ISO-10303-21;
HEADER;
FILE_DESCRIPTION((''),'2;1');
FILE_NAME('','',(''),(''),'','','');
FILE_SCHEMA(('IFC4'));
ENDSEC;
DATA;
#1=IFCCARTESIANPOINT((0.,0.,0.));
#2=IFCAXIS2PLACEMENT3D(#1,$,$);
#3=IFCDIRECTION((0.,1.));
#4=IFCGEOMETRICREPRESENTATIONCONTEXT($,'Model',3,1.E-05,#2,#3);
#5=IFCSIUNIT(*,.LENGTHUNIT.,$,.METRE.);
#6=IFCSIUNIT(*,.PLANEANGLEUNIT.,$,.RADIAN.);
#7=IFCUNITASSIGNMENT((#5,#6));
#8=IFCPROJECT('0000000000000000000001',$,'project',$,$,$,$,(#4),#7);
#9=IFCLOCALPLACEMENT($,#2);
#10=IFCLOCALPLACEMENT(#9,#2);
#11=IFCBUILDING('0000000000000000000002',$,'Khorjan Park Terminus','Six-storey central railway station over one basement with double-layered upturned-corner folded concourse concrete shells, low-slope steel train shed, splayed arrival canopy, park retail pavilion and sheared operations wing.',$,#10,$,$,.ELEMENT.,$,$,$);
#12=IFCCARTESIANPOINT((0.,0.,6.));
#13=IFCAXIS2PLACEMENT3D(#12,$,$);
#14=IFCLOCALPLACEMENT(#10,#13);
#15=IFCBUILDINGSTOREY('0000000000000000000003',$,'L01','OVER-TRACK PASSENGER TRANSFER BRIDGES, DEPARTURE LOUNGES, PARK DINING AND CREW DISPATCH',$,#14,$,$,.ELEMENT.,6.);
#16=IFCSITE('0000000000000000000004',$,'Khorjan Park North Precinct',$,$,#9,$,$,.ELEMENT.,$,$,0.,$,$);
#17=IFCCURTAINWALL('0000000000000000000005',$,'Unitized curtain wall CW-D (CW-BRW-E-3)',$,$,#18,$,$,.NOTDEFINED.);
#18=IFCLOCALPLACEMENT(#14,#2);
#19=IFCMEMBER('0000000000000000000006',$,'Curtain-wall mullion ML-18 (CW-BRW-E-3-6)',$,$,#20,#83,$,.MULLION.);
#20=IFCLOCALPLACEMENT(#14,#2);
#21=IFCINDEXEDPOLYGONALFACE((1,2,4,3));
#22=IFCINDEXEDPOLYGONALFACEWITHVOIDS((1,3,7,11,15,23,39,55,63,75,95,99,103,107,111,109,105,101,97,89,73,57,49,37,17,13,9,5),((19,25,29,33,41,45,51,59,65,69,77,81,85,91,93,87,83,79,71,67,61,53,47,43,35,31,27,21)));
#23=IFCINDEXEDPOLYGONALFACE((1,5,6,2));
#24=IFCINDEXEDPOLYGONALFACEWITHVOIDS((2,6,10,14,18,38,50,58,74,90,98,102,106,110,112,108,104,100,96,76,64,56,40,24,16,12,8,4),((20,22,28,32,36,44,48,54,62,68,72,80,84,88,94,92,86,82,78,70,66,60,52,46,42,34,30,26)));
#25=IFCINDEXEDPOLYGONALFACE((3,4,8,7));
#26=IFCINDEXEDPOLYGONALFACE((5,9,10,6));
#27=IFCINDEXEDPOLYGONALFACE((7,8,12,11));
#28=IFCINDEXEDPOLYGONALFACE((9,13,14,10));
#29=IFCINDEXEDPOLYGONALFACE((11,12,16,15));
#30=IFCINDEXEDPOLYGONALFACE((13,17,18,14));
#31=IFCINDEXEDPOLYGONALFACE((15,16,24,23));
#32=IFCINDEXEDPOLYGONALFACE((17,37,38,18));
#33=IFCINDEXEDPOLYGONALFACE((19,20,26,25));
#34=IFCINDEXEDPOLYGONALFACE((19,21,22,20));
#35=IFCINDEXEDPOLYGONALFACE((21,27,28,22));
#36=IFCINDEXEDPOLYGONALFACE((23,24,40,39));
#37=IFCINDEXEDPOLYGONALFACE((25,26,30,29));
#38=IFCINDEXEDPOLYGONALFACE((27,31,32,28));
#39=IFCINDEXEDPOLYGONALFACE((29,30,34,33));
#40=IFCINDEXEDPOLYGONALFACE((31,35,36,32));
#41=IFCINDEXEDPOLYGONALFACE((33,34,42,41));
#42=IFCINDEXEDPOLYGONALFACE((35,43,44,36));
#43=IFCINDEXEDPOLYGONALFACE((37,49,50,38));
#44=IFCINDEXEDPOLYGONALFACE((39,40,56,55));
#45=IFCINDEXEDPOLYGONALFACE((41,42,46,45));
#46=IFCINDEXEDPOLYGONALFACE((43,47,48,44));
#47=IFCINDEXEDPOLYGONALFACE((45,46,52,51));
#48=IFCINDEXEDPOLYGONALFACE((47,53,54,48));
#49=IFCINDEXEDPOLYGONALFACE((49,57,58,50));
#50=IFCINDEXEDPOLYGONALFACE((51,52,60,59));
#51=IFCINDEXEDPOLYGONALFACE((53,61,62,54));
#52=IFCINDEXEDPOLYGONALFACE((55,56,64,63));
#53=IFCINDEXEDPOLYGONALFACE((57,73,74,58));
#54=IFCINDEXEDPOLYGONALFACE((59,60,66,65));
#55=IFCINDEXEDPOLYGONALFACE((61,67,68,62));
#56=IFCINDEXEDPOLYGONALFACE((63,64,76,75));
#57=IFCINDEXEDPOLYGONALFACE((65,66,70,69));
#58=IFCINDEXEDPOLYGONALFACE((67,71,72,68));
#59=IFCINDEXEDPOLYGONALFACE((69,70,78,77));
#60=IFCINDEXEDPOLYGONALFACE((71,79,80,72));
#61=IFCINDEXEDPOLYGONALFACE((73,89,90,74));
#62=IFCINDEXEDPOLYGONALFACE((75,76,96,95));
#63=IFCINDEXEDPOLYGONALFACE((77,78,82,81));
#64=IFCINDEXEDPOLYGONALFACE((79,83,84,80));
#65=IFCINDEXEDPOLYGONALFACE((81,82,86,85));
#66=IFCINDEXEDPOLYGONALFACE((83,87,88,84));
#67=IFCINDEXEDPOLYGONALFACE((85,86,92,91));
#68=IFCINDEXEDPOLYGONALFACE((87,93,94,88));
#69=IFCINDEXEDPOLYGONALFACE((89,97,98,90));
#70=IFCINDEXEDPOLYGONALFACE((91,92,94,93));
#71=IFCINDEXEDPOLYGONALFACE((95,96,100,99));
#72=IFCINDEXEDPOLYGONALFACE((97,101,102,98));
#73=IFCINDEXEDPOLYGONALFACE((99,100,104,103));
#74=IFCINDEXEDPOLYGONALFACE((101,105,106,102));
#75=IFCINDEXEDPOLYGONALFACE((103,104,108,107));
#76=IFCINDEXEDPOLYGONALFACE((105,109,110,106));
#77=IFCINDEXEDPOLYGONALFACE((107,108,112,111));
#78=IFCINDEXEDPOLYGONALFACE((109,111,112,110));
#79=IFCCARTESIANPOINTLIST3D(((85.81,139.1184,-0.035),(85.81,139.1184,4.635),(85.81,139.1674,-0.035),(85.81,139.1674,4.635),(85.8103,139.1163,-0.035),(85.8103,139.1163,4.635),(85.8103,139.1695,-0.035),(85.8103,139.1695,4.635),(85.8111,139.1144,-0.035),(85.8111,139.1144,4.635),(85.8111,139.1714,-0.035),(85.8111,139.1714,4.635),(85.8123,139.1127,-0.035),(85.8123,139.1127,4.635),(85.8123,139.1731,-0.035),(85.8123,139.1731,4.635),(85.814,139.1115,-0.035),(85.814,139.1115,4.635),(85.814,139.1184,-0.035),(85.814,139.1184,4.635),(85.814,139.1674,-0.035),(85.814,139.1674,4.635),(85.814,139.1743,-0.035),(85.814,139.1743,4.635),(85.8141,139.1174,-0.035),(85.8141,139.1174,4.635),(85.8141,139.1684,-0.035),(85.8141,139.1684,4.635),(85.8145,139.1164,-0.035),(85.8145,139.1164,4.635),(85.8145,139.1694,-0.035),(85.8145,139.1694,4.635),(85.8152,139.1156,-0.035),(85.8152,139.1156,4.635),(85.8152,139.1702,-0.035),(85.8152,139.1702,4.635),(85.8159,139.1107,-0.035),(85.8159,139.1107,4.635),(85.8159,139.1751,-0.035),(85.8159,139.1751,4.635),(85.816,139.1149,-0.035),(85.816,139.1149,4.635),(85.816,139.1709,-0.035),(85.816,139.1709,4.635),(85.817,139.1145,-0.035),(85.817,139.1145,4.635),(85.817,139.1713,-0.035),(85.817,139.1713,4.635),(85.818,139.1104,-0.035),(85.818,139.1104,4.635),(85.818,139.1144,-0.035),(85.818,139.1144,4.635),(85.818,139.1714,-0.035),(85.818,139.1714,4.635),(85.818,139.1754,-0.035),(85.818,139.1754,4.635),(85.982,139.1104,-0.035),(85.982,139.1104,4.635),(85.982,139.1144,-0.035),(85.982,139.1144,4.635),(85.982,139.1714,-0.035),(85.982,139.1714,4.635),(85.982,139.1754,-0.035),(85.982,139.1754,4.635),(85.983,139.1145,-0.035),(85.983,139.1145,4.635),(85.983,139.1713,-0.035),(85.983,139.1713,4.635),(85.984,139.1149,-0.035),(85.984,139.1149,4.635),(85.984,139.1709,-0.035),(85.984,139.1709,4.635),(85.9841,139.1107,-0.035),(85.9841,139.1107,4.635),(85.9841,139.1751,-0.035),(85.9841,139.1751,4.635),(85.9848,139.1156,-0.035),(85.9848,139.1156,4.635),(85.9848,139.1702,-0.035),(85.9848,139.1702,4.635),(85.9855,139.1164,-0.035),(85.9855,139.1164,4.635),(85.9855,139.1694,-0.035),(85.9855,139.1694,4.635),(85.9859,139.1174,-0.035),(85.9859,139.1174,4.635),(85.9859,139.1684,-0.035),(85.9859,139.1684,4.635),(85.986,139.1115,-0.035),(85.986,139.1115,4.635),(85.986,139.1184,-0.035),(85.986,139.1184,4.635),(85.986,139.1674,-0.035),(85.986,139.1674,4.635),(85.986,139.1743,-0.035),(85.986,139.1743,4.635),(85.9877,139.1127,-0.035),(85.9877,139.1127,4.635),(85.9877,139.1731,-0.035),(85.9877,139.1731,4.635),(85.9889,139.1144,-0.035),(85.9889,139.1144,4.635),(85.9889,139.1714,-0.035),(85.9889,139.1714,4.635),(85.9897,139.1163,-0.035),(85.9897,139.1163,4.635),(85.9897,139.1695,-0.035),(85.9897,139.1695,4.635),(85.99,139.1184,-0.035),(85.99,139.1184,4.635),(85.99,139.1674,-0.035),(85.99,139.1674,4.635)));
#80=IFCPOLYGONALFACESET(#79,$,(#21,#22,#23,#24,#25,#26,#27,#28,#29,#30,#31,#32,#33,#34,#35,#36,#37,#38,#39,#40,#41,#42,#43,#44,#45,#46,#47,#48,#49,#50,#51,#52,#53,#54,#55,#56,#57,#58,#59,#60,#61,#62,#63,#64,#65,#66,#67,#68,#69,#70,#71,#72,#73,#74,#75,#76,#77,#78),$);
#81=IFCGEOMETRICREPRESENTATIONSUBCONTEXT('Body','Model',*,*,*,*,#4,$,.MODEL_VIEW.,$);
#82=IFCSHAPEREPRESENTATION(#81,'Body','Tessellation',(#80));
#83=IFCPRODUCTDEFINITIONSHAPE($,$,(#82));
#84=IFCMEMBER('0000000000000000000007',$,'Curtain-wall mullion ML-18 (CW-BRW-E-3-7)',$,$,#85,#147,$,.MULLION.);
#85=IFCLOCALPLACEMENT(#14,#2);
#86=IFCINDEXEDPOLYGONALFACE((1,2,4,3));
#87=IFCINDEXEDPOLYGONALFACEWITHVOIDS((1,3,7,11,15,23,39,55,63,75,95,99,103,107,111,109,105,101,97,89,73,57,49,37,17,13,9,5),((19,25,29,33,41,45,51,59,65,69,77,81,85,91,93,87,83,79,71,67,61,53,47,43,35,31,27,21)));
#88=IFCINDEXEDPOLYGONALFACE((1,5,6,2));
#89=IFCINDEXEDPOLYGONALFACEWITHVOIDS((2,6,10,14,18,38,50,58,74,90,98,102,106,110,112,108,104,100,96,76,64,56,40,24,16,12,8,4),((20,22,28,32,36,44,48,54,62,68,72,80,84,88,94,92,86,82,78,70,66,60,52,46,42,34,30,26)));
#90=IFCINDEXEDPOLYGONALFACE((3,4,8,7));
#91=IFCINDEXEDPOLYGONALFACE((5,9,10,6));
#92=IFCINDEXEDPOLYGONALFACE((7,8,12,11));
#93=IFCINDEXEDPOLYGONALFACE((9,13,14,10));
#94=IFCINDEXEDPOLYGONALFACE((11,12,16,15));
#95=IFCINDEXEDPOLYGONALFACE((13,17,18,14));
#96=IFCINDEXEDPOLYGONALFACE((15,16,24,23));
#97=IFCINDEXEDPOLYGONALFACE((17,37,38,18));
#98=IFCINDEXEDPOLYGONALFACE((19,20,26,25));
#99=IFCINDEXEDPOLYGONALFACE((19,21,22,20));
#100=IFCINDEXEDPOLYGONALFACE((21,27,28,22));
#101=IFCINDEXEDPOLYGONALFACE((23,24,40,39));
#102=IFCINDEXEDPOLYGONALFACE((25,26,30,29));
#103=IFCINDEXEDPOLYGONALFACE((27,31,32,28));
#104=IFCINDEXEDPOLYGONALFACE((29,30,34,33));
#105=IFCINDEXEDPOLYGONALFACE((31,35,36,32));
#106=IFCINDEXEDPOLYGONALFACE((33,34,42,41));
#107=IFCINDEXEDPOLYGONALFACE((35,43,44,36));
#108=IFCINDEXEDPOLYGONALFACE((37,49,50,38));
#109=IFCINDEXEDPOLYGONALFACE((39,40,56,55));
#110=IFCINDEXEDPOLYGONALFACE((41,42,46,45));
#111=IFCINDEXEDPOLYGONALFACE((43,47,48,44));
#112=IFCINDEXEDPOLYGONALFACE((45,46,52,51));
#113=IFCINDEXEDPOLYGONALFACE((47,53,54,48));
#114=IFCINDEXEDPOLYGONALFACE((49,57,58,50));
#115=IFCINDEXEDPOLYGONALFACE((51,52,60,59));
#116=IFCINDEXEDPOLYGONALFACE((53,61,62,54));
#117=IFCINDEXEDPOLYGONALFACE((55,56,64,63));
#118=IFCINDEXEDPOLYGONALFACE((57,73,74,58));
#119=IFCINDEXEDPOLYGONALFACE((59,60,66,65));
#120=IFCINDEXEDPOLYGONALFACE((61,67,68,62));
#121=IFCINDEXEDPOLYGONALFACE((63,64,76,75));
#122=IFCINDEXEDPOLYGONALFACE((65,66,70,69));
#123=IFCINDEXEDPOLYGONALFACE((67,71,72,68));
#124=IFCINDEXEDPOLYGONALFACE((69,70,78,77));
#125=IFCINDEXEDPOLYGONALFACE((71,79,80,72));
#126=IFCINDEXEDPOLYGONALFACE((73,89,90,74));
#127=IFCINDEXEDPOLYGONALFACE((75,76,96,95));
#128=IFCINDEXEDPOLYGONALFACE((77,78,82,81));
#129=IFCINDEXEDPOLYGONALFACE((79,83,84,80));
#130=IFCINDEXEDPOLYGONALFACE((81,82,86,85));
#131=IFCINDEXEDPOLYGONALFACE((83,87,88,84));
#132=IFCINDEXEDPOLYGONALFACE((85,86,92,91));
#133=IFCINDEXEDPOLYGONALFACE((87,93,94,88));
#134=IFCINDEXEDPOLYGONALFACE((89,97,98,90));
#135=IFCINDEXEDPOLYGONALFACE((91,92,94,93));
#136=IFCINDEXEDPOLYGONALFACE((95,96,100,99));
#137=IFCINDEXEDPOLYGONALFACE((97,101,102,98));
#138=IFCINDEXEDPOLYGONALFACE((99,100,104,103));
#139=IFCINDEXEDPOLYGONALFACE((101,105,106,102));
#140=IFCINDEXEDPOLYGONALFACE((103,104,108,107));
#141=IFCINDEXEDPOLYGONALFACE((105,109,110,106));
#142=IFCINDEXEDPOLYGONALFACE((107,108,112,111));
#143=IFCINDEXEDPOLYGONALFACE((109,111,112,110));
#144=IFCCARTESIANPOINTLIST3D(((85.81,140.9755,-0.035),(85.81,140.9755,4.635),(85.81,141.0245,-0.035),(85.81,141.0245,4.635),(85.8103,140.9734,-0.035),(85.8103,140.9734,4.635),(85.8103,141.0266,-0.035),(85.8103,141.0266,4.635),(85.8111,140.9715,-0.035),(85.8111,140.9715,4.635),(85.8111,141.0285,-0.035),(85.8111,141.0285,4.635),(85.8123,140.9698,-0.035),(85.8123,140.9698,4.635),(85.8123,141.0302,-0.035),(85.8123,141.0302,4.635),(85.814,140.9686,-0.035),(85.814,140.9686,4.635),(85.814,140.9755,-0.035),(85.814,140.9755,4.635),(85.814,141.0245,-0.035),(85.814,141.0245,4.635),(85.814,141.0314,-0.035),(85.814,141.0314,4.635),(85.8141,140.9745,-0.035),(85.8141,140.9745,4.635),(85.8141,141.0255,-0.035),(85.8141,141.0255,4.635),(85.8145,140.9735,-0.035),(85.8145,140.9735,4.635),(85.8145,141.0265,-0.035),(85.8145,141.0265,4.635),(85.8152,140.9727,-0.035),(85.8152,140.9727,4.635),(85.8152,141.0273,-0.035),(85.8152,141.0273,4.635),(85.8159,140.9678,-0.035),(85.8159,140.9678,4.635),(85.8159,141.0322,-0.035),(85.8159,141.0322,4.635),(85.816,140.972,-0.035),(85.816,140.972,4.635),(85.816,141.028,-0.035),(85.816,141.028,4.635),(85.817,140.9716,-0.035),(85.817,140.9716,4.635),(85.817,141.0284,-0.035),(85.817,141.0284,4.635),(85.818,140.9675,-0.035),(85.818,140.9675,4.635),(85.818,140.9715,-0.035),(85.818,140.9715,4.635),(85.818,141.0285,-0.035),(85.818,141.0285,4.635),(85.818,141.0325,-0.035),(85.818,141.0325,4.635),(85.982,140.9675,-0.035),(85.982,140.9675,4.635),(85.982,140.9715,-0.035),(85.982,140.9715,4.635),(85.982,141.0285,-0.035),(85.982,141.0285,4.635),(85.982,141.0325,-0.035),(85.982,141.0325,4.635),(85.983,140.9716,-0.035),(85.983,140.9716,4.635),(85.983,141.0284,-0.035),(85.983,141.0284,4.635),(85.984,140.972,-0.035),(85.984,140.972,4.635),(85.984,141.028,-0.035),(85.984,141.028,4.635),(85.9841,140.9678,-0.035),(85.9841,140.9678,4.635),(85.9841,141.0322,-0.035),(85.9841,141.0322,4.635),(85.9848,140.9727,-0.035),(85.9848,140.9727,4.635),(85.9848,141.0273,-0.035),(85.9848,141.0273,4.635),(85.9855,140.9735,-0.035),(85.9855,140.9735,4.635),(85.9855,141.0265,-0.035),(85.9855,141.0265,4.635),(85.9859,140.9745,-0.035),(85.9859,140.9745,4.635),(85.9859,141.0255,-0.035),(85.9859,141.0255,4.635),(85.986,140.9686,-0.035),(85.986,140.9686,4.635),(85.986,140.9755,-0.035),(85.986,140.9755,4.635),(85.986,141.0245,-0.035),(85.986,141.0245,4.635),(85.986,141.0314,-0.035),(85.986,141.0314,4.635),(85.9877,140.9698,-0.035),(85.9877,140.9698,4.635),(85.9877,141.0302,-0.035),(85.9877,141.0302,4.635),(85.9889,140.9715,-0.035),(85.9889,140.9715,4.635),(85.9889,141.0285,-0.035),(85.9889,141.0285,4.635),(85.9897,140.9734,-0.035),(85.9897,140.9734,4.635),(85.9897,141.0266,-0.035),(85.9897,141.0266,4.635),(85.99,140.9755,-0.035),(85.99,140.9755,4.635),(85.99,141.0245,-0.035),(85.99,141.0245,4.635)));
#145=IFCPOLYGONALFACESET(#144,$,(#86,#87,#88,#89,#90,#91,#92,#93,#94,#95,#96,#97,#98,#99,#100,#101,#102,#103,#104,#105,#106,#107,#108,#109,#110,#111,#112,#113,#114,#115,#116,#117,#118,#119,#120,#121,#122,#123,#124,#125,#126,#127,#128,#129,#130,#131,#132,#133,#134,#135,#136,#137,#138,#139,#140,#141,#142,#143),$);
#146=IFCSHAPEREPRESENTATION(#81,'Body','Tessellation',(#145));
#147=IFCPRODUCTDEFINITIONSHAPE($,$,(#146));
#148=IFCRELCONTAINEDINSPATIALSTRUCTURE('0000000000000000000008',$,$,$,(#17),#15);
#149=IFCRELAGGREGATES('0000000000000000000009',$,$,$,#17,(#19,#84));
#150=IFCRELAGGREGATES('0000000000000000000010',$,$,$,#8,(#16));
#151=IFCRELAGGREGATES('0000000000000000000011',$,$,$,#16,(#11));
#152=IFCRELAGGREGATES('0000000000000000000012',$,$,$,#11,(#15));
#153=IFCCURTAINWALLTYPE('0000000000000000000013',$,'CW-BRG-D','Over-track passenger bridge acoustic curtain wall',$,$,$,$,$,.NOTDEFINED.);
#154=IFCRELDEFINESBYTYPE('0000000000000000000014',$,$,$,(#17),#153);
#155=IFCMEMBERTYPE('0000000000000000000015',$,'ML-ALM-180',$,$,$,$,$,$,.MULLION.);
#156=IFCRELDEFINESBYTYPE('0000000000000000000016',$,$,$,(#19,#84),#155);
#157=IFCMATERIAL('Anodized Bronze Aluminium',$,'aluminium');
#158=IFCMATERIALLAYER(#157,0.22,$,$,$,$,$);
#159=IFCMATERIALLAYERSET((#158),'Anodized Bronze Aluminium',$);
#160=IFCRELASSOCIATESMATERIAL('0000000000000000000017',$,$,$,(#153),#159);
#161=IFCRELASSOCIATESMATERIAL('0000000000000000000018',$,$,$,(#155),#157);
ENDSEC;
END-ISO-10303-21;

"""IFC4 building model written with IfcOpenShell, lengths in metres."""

from ifc_helpers import new_model, si_unit, direction, frame, origin, origin_2d, place, context, subcontext, project, spatial, hollow_rectangle, extrude, material, layer, layer_set, material_profile, profile_set, type_object, element, aggregate, save


model = new_model("IFC4")

# Units and contexts
model_context = context("Model", 3, precision=1e-05, world=origin(), true_north=direction((0.0, 1.0)))
body_context = subcontext(model_context, "Body", "Model", "MODEL_VIEW")
ifc_project = project(units=[si_unit("LENGTHUNIT", "METRE"), si_unit("PLANEANGLEUNIT", "RADIAN")], contexts=[model_context])

# Site, building, storey
site_placement = place(None, origin())
site = spatial("IfcSite", under=ifc_project, at=site_placement, Name="Khorjan Park North Precinct", CompositionType="ELEMENT", RefElevation=0.0)
building_placement = place(site_placement, origin())
building = spatial("IfcBuilding", under=site, at=building_placement, Name="Khorjan Park Terminus", Description="Six-storey central railway station over one basement with double-layered upturned-corner folded concourse concrete shells, low-slope steel train shed, splayed arrival canopy, park retail pavilion and sheared operations wing.", CompositionType="ELEMENT")
storey_placement = place(building_placement, frame((0.0, 0.0, 6.0)))
storey = spatial("IfcBuildingStorey", under=building, at=storey_placement, Name="L01", Description="OVER-TRACK PASSENGER TRANSFER BRIDGES, DEPARTURE LOUNGES, PARK DINING AND CREW DISPATCH", CompositionType="ELEMENT", Elevation=6.0)

# Curtain wall, members
ifc_material_1 = material(Name="Anodized Bronze Aluminium", Category="aluminium")
ifc_layer_1 = layer(ifc_material_1, 0.22)
ifc_layer_set_1 = layer_set([ifc_layer_1], Name="Anodized Bronze Aluminium")
curtain_wall_type = type_object("IfcCurtainWallType", Name="CW-BRG-D", Description="Over-track passenger bridge acoustic curtain wall", PredefinedType="NOTDEFINED", material=ifc_layer_set_1)
curtain_wall_1_placement = place(storey_placement, origin())
curtain_wall_1 = element("IfcCurtainWall", 1, at=curtain_wall_1_placement, inside=storey, type_object=curtain_wall_type, Name="Unitized curtain wall CW-D (CW-BRW-E-3)", PredefinedType="NOTDEFINED")
ifc_material_profile_1 = material_profile(ifc_material_1, hollow_rectangle(XDim=0.065, YDim=0.18, WallThickness=0.004, InnerFilletRadius=0.004, OuterFilletRadius=0.008, at=origin_2d()), Name="ALM 65x180x4")
ifc_profile_set_1 = profile_set([ifc_material_profile_1], Name="Anodized Bronze Aluminium")
member_type_1 = type_object("IfcMemberType", Name="ML-ALM-180", PredefinedType="MULLION", material=ifc_profile_set_1)
member_1_placement = place(storey_placement, frame((85.9, 139.1429, -0.035), z_axis=(0.0, 0.0, 1.0), x_axis=(0.0, 1.0, 0.0)))
member_1 = element("IfcMember", 2, at=member_1_placement, type_object=member_type_1, Name="Curtain-wall mullion ML-18 (CW-BRW-E-3-6)", PredefinedType="MULLION", context=body_context, shape_type="SweptSolid", body=[
    extrude(hollow_rectangle(XDim=0.065, YDim=0.18, WallThickness=0.004, InnerFilletRadius=0.004, OuterFilletRadius=0.008, at=origin_2d()), origin(), (0.0, 0.0, 1.0), 4.67),
])
member_2_placement = place(storey_placement, frame((85.9, 141.0, -0.035), z_axis=(0.0, 0.0, 1.0), x_axis=(0.0, 1.0, 0.0)))
member_2 = element("IfcMember", 3, at=member_2_placement, type_object=member_type_1, Name="Curtain-wall mullion ML-18 (CW-BRW-E-3-7)", PredefinedType="MULLION", context=body_context, shape_type="SweptSolid", body=[
    extrude(hollow_rectangle(XDim=0.065, YDim=0.18, WallThickness=0.004, InnerFilletRadius=0.004, OuterFilletRadius=0.008, at=origin_2d()), origin(), (0.0, 0.0, 1.0), 4.67),
])

aggregate(curtain_wall_1, [member_1, member_2])

save(model, "model.ifc")
